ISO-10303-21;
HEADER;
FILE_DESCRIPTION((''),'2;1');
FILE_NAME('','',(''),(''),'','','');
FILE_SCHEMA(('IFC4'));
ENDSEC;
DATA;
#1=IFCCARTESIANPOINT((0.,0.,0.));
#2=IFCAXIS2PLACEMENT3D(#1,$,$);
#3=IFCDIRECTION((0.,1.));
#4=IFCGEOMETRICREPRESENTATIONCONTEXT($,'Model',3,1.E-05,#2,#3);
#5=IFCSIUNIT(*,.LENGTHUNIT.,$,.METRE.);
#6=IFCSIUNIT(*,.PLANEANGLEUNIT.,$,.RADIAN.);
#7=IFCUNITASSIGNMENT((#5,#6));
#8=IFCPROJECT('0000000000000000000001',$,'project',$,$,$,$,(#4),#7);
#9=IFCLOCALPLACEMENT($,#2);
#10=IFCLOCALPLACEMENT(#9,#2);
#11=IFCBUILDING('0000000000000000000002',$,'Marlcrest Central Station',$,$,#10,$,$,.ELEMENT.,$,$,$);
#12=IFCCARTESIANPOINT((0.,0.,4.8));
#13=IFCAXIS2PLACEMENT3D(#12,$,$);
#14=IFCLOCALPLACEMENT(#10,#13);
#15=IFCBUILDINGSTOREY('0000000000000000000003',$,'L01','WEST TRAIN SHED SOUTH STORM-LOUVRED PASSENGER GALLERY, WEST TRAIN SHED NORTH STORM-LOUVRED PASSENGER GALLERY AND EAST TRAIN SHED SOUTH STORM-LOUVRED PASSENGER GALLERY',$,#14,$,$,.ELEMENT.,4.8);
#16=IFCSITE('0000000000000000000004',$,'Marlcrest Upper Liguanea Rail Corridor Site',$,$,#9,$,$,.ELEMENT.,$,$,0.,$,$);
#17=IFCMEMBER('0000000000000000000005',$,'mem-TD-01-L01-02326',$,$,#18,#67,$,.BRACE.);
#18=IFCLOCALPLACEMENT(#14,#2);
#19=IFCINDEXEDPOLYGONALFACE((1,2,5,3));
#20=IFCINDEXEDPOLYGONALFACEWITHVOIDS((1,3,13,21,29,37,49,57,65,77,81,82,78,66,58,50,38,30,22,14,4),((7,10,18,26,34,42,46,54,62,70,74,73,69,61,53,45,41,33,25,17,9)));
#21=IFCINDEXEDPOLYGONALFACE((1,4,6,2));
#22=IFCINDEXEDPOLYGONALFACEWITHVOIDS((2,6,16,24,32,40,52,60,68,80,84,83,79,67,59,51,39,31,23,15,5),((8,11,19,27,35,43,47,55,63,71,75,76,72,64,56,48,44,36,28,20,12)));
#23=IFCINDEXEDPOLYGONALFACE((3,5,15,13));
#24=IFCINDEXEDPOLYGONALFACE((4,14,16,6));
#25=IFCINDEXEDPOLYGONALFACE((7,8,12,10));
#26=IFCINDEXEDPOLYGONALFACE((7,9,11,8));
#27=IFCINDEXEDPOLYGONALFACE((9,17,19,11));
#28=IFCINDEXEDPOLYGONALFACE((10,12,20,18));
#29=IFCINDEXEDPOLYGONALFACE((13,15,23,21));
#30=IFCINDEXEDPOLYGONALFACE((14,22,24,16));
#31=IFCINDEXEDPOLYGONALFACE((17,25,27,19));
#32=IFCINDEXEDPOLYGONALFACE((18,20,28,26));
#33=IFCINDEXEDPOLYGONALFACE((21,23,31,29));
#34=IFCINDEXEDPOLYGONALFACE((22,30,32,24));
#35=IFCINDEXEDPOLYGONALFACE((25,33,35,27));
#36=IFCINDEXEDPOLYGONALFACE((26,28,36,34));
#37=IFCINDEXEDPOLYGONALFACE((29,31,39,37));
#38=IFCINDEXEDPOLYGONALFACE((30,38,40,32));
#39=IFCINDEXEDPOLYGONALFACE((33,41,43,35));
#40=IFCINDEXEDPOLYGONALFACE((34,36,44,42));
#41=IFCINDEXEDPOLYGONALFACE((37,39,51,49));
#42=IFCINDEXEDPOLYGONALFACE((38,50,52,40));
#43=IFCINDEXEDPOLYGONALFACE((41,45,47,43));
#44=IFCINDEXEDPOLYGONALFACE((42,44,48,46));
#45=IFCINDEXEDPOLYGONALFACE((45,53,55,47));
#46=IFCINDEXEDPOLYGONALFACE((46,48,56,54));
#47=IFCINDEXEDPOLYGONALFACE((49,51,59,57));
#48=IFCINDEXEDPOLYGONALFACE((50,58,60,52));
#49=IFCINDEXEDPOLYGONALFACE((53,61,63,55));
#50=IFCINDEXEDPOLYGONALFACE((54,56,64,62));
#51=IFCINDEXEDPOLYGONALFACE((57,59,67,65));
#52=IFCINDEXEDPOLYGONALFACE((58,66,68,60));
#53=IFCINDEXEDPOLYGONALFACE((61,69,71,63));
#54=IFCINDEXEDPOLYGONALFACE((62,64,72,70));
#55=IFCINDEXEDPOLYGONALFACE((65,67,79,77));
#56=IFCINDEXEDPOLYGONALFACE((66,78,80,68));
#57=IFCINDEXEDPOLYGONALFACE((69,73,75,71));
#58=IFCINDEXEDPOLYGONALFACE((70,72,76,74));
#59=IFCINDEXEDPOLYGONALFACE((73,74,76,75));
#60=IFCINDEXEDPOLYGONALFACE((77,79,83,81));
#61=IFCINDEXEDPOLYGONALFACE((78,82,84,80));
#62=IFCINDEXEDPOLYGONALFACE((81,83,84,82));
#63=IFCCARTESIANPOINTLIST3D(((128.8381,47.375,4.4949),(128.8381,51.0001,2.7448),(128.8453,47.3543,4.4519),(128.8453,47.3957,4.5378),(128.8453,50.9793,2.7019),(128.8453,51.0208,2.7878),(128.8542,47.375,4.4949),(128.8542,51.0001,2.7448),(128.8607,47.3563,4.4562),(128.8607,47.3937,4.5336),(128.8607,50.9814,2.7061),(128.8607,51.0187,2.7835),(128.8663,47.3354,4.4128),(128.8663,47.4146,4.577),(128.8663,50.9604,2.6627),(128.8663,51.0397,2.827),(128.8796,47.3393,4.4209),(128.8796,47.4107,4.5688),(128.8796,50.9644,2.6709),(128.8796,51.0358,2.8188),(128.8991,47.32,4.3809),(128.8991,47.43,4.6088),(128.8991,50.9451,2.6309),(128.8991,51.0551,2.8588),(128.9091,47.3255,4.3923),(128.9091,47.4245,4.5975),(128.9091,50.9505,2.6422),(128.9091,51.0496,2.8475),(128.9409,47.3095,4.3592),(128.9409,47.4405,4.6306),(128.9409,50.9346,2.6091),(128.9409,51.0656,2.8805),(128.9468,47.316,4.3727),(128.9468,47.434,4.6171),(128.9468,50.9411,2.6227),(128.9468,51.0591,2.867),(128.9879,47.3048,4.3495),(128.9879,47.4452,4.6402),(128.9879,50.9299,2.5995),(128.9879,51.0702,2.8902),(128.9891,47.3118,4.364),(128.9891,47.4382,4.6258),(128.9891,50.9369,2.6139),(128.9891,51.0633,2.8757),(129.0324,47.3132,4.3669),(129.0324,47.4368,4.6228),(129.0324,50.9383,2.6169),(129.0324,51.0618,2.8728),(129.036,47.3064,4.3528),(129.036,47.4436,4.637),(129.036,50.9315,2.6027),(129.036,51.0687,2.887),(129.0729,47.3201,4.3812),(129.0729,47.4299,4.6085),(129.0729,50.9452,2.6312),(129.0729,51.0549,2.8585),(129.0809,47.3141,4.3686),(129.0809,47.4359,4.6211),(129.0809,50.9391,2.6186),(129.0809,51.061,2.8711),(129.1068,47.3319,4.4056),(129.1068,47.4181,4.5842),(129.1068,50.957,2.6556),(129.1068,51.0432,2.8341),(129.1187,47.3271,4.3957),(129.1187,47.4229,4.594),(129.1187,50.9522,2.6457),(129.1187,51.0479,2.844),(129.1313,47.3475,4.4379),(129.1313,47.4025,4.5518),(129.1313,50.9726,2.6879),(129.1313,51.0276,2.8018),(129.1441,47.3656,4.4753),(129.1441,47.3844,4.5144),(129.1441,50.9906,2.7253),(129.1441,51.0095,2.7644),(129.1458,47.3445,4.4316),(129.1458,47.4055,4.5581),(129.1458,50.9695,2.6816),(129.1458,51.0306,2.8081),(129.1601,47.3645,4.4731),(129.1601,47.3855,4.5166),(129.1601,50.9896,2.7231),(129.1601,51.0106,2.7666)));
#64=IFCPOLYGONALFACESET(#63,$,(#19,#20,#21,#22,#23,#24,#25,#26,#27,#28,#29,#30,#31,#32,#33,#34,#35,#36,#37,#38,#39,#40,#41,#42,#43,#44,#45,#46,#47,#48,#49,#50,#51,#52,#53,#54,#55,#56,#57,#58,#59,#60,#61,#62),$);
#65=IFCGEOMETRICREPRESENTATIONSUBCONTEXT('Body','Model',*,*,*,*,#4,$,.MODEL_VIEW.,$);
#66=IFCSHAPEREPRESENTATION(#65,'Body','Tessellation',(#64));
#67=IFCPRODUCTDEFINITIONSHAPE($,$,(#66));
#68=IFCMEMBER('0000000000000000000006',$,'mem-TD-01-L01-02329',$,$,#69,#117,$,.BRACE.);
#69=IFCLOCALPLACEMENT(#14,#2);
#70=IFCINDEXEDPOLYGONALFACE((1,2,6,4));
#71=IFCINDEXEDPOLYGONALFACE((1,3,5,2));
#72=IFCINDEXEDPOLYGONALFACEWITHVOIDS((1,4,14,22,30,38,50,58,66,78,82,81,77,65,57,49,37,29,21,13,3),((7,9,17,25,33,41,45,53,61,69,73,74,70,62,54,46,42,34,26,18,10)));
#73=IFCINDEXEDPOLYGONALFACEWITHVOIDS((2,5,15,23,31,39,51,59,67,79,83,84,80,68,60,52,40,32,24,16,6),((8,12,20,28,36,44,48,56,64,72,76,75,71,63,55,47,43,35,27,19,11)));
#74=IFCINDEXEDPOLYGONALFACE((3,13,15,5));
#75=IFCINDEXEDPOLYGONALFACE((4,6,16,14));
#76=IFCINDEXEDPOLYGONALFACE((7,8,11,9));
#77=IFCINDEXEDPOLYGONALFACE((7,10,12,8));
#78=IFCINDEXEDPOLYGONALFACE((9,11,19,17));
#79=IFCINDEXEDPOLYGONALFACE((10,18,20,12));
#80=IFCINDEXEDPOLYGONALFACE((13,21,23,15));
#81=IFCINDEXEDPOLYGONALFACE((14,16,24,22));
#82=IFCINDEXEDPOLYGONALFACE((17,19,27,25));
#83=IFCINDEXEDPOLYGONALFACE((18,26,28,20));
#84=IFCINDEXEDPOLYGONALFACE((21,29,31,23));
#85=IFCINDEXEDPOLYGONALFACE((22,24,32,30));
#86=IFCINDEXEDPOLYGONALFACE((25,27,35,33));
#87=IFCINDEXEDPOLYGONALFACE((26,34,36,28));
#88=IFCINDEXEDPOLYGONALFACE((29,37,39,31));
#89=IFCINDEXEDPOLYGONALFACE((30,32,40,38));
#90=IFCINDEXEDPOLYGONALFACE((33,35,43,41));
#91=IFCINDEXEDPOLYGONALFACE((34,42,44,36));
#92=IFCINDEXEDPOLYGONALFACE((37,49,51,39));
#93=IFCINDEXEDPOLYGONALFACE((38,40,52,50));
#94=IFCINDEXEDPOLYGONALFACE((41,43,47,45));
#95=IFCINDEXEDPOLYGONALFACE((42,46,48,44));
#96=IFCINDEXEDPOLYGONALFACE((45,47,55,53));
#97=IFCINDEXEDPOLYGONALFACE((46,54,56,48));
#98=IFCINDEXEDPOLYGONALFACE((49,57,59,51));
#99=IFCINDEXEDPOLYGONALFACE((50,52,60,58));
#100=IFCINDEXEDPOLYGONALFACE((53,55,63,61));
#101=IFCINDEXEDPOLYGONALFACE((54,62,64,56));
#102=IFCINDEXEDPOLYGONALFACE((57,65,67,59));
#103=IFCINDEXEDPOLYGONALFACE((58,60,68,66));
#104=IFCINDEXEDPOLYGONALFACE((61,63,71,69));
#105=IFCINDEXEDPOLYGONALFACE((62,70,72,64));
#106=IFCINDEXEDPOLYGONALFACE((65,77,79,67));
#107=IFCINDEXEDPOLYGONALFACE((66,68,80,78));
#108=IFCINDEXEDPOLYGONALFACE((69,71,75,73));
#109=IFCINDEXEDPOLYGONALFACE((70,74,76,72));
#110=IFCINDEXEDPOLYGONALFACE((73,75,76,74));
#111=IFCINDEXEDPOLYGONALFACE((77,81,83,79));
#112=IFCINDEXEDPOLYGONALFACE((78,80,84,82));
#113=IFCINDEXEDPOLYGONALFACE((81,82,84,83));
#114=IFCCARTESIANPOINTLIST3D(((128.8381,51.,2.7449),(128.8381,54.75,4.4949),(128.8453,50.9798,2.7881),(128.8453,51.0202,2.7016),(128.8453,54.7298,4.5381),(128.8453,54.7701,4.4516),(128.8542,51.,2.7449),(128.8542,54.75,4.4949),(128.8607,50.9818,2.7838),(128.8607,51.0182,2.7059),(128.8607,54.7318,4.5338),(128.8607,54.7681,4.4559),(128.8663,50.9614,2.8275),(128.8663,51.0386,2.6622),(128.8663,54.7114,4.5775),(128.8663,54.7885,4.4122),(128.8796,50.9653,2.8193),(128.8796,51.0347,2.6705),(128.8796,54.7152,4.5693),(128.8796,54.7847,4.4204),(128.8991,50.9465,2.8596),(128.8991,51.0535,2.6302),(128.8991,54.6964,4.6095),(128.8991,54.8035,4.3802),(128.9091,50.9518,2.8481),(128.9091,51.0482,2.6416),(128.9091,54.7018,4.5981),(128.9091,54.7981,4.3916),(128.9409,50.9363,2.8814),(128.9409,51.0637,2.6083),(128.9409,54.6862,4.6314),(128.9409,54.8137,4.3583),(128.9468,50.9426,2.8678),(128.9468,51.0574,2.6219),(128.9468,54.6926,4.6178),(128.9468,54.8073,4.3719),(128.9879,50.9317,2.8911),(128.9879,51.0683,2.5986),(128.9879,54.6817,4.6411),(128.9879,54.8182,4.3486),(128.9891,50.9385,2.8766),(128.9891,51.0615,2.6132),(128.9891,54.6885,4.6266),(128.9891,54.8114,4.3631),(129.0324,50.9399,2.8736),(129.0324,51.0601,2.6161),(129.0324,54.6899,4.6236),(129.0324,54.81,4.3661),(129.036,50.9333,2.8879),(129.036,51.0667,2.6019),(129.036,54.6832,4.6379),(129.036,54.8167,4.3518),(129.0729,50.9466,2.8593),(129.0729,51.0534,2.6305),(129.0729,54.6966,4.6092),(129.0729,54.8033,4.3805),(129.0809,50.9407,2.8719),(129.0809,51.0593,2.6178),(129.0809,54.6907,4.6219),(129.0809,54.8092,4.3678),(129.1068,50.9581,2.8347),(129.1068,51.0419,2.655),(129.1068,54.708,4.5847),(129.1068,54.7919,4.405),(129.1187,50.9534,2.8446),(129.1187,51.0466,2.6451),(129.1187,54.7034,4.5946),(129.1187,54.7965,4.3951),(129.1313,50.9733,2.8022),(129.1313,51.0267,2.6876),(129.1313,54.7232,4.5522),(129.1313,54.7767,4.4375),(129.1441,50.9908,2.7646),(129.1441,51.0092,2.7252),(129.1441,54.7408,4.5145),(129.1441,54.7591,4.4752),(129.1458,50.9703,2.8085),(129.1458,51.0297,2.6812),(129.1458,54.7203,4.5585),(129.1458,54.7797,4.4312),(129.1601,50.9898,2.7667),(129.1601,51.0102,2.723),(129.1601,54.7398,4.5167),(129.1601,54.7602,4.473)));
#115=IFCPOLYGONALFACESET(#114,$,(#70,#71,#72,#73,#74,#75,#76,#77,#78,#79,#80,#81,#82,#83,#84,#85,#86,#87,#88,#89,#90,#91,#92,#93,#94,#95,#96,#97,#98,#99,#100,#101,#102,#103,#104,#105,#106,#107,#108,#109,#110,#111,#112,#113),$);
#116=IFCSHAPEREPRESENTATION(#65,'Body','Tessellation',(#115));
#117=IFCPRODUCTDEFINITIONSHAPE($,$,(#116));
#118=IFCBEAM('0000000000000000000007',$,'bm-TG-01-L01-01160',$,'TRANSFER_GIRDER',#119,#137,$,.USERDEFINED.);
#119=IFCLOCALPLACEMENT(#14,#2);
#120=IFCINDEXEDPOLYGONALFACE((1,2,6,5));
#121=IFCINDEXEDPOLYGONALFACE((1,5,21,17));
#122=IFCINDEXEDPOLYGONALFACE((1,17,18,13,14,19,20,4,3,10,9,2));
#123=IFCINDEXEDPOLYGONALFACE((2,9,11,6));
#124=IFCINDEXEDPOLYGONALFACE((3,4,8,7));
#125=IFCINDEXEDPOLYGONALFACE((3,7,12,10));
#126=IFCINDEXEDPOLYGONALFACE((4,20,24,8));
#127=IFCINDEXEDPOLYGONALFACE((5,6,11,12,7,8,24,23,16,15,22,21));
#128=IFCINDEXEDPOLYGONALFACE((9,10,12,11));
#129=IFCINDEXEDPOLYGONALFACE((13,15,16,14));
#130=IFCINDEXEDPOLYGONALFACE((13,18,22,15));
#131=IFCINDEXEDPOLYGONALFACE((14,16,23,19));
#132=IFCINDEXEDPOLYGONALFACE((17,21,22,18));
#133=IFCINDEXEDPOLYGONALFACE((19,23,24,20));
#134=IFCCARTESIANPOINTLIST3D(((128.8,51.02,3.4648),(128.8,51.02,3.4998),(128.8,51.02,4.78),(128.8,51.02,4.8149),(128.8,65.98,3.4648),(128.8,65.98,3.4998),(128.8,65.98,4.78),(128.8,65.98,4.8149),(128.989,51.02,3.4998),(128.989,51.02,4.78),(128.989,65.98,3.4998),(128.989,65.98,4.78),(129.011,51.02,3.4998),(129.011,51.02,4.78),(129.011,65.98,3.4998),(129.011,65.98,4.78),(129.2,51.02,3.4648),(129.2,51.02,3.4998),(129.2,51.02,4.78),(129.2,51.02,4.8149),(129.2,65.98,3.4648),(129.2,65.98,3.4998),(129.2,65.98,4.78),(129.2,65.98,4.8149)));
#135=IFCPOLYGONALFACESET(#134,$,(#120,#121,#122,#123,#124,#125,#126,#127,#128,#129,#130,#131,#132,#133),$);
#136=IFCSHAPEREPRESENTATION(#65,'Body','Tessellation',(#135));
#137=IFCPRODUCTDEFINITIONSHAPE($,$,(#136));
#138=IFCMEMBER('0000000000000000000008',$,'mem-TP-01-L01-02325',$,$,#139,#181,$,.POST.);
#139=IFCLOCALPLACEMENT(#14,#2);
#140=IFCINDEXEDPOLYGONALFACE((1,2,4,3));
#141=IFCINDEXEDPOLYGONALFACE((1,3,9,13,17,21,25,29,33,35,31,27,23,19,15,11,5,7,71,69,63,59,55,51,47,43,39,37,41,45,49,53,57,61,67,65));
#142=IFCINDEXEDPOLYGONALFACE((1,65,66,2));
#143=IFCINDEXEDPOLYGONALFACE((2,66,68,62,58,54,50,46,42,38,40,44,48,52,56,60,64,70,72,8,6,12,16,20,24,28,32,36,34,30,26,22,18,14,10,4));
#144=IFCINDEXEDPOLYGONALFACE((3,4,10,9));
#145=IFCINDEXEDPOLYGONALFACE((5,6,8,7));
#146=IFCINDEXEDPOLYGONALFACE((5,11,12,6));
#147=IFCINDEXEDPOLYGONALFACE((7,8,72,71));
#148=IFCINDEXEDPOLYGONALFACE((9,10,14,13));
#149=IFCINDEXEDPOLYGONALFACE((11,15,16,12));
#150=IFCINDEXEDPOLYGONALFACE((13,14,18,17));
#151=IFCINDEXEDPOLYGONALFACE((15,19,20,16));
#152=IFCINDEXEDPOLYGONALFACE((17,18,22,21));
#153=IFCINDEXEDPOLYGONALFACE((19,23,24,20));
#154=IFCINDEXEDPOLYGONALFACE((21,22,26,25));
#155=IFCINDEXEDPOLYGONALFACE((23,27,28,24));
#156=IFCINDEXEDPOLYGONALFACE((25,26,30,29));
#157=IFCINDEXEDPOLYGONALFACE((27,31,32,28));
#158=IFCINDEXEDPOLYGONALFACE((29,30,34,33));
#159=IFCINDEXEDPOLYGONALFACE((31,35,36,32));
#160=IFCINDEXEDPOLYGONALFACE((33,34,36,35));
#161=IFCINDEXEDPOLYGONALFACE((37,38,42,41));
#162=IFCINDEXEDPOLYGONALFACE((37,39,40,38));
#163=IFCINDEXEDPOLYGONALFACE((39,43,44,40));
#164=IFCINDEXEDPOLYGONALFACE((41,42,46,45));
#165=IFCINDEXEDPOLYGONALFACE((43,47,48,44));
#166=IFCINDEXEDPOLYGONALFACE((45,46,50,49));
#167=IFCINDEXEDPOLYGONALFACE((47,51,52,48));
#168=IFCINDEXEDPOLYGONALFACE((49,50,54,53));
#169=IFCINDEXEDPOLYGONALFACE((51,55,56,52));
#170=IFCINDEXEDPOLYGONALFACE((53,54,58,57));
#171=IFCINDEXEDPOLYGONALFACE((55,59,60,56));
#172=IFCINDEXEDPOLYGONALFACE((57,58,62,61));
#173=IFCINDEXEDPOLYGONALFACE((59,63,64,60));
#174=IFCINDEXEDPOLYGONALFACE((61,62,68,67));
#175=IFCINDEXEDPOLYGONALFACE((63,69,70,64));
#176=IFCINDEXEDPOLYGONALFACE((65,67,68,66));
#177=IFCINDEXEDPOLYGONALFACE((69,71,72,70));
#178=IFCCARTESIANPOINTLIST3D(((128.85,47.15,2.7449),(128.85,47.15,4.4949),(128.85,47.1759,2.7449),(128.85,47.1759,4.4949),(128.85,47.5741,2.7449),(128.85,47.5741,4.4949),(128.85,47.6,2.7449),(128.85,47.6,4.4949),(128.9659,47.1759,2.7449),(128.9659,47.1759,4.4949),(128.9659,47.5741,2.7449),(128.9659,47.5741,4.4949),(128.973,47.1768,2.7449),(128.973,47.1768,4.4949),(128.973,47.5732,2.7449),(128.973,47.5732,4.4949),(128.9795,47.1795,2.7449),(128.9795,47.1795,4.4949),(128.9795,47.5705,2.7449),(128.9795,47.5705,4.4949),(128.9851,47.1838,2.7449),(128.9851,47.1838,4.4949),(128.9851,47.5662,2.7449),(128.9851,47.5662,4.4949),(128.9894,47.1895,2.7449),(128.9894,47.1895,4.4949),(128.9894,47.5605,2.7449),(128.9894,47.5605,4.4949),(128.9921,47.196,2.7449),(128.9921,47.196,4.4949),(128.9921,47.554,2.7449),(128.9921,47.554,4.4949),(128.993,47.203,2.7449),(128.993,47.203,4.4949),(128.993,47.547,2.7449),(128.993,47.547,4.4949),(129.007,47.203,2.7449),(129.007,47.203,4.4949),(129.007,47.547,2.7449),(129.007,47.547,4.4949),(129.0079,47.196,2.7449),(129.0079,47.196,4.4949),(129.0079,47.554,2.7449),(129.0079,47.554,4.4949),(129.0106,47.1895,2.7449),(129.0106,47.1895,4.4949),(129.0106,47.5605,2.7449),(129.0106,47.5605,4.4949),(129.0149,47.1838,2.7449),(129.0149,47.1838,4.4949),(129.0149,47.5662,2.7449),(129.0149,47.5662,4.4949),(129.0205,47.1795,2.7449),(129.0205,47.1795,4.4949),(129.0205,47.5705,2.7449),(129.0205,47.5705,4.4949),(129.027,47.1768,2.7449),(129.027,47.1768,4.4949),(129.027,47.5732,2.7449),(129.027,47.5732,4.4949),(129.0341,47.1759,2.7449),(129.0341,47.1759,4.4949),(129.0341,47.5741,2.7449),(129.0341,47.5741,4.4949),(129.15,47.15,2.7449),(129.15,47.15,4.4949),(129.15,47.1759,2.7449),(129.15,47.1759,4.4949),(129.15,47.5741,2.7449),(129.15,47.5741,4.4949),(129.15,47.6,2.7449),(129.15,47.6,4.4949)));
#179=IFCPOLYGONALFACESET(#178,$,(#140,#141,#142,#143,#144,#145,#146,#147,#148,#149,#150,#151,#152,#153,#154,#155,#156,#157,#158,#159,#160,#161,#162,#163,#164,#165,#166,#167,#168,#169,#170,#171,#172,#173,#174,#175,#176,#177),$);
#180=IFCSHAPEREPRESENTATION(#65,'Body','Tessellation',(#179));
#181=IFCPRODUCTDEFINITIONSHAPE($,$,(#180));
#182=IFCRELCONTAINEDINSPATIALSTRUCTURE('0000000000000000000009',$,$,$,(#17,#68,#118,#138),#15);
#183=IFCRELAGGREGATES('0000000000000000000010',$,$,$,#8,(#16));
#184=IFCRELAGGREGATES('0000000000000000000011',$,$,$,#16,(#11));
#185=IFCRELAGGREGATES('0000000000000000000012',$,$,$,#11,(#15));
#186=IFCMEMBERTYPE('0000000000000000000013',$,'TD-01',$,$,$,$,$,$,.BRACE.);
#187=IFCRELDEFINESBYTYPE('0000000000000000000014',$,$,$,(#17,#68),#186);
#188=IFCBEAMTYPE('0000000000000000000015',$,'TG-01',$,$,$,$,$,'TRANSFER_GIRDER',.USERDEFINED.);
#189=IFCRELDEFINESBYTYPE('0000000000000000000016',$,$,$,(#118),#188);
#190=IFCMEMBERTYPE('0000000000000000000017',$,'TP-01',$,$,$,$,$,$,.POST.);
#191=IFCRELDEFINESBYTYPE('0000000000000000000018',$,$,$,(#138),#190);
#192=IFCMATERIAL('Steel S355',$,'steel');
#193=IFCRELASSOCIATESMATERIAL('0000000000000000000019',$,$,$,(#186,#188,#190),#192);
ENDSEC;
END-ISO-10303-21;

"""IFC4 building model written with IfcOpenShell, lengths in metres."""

from ifc_helpers import new_model, si_unit, direction, frame, origin, origin_2d, place, context, subcontext, project, spatial, hollow_circle, i_section, extrude, material, material_profile, profile_set, type_object, element, save


model = new_model("IFC4")

# Units and contexts
model_context = context("Model", 3, precision=1e-05, world=origin(), true_north=direction((0.0, 1.0)))
body_context = subcontext(model_context, "Body", "Model", "MODEL_VIEW")
ifc_project = project(units=[si_unit("LENGTHUNIT", "METRE"), si_unit("PLANEANGLEUNIT", "RADIAN")], contexts=[model_context])

# Site, building, storey
site_placement = place(None, origin())
site = spatial("IfcSite", under=ifc_project, at=site_placement, Name="Marlcrest Upper Liguanea Rail Corridor Site", CompositionType="ELEMENT", RefElevation=0.0)
building_placement = place(site_placement, origin())
building = spatial("IfcBuilding", under=site, at=building_placement, Name="Marlcrest Central Station", CompositionType="ELEMENT")
storey_placement = place(building_placement, frame((0.0, 0.0, 4.8)))
storey = spatial("IfcBuildingStorey", under=building, at=storey_placement, Name="L01", Description="WEST TRAIN SHED SOUTH STORM-LOUVRED PASSENGER GALLERY, WEST TRAIN SHED NORTH STORM-LOUVRED PASSENGER GALLERY AND EAST TRAIN SHED SOUTH STORM-LOUVRED PASSENGER GALLERY", CompositionType="ELEMENT", Elevation=4.8)

# Shared definitions
ifc_material = material(Name="Steel S355", Category="steel")

# Members
ifc_material_profile_1 = material_profile(ifc_material, hollow_circle(Radius=0.1619, WallThickness=0.0161, at=origin_2d()), Name="CHS 323.9x16")
ifc_profile_set_1 = profile_set([ifc_material_profile_1], Name="Steel S355")
member_type_1 = type_object("IfcMemberType", Name="TD-01", PredefinedType="BRACE", material=ifc_profile_set_1)
member_1_placement = place(storey_placement, frame((129.0, 47.375, 4.4949), z_axis=(0.0, 0.900552, -0.434749), x_axis=(-1.0, 0.0, 0.0)))
element("IfcMember", 1, at=member_1_placement, inside=storey, type_object=member_type_1, Name="mem-TD-01-L01-02326", PredefinedType="BRACE", context=body_context, shape_type="SweptSolid", body=[
    extrude(hollow_circle(Radius=0.1619, WallThickness=0.0161, at=origin_2d()), origin(), (0.0, 0.0, 1.0), 4.0254),
])
member_2_placement = place(storey_placement, frame((129.0, 51.0, 2.7449), z_axis=(0.0, 0.906183, 0.422885), x_axis=(-1.0, 0.0, 0.0)))
element("IfcMember", 2, at=member_2_placement, inside=storey, type_object=member_type_1, Name="mem-TD-01-L01-02329", PredefinedType="BRACE", context=body_context, shape_type="SweptSolid", body=[
    extrude(hollow_circle(Radius=0.1619, WallThickness=0.0161, at=origin_2d()), origin(), (0.0, 0.0, 1.0), 4.1382),
])

# Beam
ifc_material_profile_2 = material_profile(ifc_material, i_section(OverallWidth=0.3999, OverallDepth=1.3501, WebThickness=0.022, FlangeThickness=0.0349, at=origin_2d()), Name="PG 1350x400")
ifc_profile_set_2 = profile_set([ifc_material_profile_2], Name="Steel S355")
beam_type = type_object("IfcBeamType", Name="TG-01", ElementType="TRANSFER_GIRDER", PredefinedType="USERDEFINED", material=ifc_profile_set_2)
beam_placement = place(storey_placement, frame((129.0, 51.02, 4.1399), z_axis=(0.0, 1.0, 0.0), x_axis=(-1.0, 0.0, 0.0)))
element("IfcBeam", 3, at=beam_placement, inside=storey, type_object=beam_type, Name="bm-TG-01-L01-01160", ObjectType="TRANSFER_GIRDER", PredefinedType="USERDEFINED", context=body_context, shape_type="SweptSolid", body=[
    extrude(i_section(OverallWidth=0.3999, OverallDepth=1.3501, WebThickness=0.022, FlangeThickness=0.0349, at=origin_2d()), origin(), (0.0, 0.0, 1.0), 14.96),
])

# Member
ifc_material_profile_3 = material_profile(ifc_material, i_section(OverallWidth=0.3, OverallDepth=0.45, WebThickness=0.0139, FlangeThickness=0.0259, FilletRadius=0.0271, at=origin_2d()), Name="HEB 450")
ifc_profile_set_3 = profile_set([ifc_material_profile_3], Name="Steel S355")
member_type_2 = type_object("IfcMemberType", Name="TP-01", PredefinedType="POST", material=ifc_profile_set_3)
for number, where, z_axis, x_axis, name in (
    (4, (129.0, 47.375, 2.7449), (0.0, 0.0, 1.0), (1.0, 0.0, 0.0), "mem-TP-01-L01-02325"),
):
    element("IfcMember", number, at=place(storey_placement, frame(where, z_axis=z_axis, x_axis=x_axis)), inside=storey, type_object=member_type_2, Name=name, PredefinedType="POST", context=body_context, shape_type="SweptSolid", body=[
        extrude(i_section(OverallWidth=0.3, OverallDepth=0.45, WebThickness=0.0139, FlangeThickness=0.0259, FilletRadius=0.0271, at=origin_2d()), origin(), (0.0, 0.0, 1.0), 1.75),
    ])

save(model, "model.ifc")
